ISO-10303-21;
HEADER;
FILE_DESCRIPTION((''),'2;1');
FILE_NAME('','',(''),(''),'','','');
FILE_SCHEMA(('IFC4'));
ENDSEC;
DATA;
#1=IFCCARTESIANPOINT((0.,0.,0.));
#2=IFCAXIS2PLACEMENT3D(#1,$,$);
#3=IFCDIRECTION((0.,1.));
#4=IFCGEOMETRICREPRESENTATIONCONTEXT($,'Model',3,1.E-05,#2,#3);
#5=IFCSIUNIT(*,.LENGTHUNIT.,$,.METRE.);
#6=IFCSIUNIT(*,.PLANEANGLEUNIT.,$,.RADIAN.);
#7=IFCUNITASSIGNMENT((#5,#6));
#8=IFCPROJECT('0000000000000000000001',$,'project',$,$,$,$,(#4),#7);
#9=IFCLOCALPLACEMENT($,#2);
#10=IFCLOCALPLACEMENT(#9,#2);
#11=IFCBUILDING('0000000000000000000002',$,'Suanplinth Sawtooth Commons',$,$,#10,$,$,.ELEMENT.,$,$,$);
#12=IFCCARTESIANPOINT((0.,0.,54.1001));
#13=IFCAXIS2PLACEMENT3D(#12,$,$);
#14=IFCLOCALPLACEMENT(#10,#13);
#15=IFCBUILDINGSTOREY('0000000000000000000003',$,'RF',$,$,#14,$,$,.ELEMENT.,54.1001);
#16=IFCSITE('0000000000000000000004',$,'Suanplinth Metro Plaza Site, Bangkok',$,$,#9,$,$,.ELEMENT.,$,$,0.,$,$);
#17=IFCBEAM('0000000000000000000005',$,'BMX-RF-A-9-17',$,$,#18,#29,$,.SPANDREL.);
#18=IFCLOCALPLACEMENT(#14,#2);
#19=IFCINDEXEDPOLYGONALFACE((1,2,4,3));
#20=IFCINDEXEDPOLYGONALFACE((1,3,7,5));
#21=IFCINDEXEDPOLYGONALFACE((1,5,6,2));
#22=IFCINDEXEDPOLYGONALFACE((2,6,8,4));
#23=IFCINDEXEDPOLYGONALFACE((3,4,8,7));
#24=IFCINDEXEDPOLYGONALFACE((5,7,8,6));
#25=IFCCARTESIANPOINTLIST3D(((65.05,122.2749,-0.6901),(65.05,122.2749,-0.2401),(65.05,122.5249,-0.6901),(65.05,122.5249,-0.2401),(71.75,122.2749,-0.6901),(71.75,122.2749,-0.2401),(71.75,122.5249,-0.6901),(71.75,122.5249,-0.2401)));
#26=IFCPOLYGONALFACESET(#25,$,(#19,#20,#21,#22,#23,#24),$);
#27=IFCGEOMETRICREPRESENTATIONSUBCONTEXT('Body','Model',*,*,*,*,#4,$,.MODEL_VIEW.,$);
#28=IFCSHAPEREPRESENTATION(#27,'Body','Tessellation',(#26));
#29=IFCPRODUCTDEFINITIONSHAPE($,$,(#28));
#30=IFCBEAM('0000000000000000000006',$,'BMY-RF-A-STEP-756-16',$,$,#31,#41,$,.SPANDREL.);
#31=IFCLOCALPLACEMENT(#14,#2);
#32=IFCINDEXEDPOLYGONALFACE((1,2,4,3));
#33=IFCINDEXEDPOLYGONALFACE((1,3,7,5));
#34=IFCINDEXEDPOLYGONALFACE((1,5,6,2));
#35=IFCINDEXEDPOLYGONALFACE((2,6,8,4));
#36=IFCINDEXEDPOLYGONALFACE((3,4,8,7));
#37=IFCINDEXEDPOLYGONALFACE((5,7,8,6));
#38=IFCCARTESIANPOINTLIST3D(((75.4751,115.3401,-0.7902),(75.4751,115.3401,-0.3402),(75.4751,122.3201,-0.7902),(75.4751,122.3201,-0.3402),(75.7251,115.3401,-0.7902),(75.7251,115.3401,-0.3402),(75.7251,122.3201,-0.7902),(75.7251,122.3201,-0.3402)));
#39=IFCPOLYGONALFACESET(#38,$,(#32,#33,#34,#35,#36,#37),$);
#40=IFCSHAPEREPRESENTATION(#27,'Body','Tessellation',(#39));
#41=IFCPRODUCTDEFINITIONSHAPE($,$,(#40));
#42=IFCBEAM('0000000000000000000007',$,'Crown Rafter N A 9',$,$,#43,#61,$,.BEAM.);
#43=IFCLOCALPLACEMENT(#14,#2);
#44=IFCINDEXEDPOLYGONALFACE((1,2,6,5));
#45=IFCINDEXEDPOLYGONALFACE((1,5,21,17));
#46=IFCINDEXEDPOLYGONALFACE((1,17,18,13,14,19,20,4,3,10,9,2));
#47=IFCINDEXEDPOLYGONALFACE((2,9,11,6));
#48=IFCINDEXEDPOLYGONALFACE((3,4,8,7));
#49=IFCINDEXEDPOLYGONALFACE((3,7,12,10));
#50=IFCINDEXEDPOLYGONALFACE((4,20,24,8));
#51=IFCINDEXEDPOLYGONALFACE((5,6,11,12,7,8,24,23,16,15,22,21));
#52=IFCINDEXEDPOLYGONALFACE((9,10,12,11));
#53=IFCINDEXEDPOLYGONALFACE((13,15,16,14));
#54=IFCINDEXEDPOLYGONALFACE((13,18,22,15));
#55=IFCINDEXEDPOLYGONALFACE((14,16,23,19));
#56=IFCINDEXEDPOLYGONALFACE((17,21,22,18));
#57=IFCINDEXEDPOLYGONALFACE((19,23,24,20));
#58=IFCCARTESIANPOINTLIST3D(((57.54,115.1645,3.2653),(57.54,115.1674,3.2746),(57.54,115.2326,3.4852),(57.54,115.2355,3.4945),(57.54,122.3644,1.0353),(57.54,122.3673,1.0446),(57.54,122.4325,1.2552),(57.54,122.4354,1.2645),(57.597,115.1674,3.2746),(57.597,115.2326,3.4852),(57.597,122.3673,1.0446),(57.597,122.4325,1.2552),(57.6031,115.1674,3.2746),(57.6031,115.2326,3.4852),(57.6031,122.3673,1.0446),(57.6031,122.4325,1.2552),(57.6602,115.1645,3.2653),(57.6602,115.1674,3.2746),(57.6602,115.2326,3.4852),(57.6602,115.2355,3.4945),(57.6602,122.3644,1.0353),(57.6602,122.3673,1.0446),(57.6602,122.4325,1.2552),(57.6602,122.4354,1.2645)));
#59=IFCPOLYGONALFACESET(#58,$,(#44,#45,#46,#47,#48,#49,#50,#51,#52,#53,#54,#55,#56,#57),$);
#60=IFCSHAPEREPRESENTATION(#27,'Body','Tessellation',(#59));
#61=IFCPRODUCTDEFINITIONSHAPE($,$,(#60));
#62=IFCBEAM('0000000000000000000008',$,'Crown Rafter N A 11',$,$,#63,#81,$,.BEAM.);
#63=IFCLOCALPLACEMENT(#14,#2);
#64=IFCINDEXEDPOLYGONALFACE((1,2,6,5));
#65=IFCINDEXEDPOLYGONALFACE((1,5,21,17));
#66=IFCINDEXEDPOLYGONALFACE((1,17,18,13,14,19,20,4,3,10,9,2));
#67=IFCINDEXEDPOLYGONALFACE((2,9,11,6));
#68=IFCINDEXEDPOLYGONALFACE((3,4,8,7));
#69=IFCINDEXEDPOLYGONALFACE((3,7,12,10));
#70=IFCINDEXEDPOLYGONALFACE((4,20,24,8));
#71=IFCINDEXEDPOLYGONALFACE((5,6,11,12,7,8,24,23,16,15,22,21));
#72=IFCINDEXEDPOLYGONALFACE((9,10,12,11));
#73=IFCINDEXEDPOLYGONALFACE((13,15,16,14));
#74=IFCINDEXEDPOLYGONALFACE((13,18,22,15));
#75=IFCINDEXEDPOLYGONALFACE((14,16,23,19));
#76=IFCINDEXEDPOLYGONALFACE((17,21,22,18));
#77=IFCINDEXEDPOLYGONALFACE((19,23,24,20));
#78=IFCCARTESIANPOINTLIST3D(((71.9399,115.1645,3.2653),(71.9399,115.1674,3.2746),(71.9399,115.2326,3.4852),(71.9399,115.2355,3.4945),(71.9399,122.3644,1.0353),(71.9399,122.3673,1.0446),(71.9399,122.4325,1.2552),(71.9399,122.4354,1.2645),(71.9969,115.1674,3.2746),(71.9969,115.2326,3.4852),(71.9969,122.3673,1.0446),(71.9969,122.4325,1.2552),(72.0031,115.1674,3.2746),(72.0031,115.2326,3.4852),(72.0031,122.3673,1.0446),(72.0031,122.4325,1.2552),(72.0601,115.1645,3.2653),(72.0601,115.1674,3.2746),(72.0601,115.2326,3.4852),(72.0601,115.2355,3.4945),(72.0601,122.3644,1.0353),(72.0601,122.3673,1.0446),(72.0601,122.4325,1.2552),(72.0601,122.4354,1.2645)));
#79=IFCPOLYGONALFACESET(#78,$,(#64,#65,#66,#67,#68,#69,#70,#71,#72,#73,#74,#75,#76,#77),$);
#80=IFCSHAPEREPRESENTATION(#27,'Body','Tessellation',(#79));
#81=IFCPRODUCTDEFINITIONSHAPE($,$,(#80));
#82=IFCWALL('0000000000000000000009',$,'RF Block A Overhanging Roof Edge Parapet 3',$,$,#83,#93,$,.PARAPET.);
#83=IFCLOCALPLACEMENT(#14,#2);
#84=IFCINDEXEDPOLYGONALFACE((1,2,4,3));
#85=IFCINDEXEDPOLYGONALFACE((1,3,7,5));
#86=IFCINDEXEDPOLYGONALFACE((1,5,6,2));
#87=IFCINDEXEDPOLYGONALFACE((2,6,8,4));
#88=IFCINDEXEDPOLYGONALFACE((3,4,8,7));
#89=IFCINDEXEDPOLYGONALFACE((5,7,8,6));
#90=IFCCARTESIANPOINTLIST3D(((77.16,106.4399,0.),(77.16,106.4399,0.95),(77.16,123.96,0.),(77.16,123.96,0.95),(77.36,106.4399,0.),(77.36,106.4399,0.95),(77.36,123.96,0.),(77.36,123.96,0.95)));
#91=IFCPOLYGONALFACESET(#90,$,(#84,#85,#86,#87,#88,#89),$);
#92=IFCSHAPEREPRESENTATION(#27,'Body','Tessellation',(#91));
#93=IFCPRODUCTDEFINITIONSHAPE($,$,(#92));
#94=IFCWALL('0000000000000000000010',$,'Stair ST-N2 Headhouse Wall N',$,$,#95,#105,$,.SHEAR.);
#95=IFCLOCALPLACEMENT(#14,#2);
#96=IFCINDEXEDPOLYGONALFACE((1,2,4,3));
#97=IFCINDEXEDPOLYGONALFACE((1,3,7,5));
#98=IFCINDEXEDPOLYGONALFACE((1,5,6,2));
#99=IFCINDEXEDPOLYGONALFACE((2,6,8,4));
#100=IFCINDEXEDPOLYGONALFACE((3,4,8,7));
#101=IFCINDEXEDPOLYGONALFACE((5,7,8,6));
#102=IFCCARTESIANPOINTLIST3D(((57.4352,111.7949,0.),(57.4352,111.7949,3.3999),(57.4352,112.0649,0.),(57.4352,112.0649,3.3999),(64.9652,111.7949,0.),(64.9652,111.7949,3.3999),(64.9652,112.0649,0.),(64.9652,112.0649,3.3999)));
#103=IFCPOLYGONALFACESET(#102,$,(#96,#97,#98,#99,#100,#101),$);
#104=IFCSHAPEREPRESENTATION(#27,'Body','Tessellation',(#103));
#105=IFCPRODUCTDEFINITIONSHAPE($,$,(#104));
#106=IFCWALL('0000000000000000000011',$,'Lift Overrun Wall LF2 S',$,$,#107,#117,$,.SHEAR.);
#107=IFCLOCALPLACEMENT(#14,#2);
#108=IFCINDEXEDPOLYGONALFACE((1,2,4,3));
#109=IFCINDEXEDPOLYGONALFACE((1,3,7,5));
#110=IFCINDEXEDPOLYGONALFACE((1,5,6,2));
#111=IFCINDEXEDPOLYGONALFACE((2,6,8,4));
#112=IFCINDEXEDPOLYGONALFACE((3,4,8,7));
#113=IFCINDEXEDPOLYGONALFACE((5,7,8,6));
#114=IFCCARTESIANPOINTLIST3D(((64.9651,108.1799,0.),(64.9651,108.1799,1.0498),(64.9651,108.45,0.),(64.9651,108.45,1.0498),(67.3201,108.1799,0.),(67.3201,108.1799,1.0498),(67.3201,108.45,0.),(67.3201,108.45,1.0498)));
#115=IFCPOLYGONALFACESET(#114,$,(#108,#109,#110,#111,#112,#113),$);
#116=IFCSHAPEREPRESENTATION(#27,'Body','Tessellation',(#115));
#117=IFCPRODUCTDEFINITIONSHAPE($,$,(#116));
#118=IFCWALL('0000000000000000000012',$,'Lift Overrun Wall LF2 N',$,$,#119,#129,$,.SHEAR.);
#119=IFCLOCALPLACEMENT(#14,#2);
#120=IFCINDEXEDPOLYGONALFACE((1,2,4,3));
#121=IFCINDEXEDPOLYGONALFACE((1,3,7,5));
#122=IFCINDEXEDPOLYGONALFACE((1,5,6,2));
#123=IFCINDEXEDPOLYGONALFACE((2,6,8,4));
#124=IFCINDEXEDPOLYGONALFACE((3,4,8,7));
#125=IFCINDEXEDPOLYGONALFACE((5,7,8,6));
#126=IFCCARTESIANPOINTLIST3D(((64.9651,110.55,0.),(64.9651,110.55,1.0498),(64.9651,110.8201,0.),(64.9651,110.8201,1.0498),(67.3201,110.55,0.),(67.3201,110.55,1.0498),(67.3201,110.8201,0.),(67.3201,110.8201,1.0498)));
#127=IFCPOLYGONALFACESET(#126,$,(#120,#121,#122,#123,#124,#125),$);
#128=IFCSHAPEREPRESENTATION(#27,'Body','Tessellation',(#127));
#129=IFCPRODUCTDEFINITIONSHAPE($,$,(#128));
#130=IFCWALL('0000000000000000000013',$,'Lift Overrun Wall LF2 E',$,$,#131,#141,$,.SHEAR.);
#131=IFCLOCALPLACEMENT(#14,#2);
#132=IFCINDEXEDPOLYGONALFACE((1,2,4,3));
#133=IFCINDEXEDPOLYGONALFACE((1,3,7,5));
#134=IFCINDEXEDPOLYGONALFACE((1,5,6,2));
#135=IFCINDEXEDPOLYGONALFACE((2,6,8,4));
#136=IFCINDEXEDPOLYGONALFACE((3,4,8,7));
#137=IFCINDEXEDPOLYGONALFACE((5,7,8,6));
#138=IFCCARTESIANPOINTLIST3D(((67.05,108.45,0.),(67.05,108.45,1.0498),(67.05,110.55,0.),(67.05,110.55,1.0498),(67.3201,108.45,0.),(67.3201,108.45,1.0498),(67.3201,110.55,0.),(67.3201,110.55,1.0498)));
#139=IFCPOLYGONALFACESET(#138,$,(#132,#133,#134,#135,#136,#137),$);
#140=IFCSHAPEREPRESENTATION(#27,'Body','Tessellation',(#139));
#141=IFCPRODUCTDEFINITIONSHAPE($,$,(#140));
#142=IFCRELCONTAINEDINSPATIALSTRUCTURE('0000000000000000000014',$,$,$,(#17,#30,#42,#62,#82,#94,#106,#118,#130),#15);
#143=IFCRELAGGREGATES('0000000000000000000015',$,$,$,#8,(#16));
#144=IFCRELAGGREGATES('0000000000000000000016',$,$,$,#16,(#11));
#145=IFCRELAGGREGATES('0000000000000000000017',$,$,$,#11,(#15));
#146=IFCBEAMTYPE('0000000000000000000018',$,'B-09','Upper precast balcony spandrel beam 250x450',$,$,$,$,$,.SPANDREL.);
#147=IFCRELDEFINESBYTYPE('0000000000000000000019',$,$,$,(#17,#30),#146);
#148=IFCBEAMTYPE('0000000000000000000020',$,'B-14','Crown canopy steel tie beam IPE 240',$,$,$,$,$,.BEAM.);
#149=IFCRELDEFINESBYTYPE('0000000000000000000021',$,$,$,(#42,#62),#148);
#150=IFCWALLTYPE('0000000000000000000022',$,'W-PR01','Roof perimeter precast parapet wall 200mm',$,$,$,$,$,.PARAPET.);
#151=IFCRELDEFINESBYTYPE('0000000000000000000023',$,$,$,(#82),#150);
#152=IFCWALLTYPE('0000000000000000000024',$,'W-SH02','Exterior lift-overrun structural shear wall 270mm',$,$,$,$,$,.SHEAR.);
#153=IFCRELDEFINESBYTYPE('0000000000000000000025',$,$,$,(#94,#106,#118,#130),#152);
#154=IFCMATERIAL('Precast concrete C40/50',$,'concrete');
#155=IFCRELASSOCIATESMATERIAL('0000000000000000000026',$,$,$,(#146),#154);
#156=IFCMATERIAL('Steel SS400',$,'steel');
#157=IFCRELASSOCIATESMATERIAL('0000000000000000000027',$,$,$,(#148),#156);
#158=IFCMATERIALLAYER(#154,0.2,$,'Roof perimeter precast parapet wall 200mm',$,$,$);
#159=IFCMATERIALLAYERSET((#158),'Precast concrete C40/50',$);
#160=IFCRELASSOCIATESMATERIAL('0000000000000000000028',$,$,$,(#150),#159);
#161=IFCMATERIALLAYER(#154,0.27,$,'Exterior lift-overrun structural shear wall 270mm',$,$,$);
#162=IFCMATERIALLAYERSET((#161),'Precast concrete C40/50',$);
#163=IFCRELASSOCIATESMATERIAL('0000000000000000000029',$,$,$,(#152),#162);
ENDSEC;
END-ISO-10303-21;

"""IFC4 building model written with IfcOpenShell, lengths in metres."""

from ifc_helpers import new_model, si_unit, direction, frame, frame_2d, origin, origin_2d, place, context, subcontext, project, spatial, rectangle, i_section, extrude, material, layer, layer_set, material_profile, profile_set, type_object, element, save


model = new_model("IFC4")

# Units and contexts
model_context = context("Model", 3, precision=1e-05, world=origin(), true_north=direction((0.0, 1.0)))
body_context = subcontext(model_context, "Body", "Model", "MODEL_VIEW")
ifc_project = project(units=[si_unit("LENGTHUNIT", "METRE"), si_unit("PLANEANGLEUNIT", "RADIAN")], contexts=[model_context])

# Site, building, storey
site_placement = place(None, origin())
site = spatial("IfcSite", under=ifc_project, at=site_placement, Name="Suanplinth Metro Plaza Site, Bangkok", CompositionType="ELEMENT", RefElevation=0.0)
building_placement = place(site_placement, origin())
building = spatial("IfcBuilding", under=site, at=building_placement, Name="Suanplinth Sawtooth Commons", CompositionType="ELEMENT")
storey_placement = place(building_placement, frame((0.0, 0.0, 54.1001)))
storey = spatial("IfcBuildingStorey", under=building, at=storey_placement, Name="RF", CompositionType="ELEMENT", Elevation=54.1001)

# Beams
ifc_material_1 = material(Name="Precast concrete C40/50", Category="concrete")
ifc_material_profile_1 = material_profile(ifc_material_1, rectangle(XDim=0.25, YDim=0.45, at=origin_2d()), Name="PC-SP 250x450")
ifc_profile_set_1 = profile_set([ifc_material_profile_1], Name="Precast concrete C40/50")
beam_type_1 = type_object("IfcBeamType", Name="B-09", Description="Upper precast balcony spandrel beam 250x450", PredefinedType="SPANDREL", material=ifc_profile_set_1)
for number, where, z_axis, x_axis, name in (
    (1, (65.05, 122.3999, -0.4651), (1.0, 0.0, 0.0), (0.0, 1.0, 0.0), "BMX-RF-A-9-17"),
):
    element("IfcBeam", number, at=place(storey_placement, frame(where, z_axis=z_axis, x_axis=x_axis)), inside=storey, type_object=beam_type_1, Name=name, PredefinedType="SPANDREL", context=body_context, shape_type="SweptSolid", body=[
        extrude(rectangle(XDim=0.25, YDim=0.45, at=origin_2d()), origin(), (0.0, 0.0, 1.0), 6.7),
    ])
beam_placement = place(storey_placement, frame((75.6001, 115.3401, -0.5652), z_axis=(0.0, 1.0, 0.0), x_axis=(-1.0, 0.0, 0.0)))
element("IfcBeam", 2, at=beam_placement, inside=storey, type_object=beam_type_1, Name="BMY-RF-A-STEP-756-16", PredefinedType="SPANDREL", context=body_context, shape_type="SweptSolid", body=[
    extrude(rectangle(XDim=0.25, YDim=0.45, at=origin_2d()), origin(), (0.0, 0.0, 1.0), 6.98),
])
ifc_material_2 = material(Name="Steel SS400", Category="steel")
ifc_material_profile_2 = material_profile(ifc_material_2, i_section(OverallWidth=0.1201, OverallDepth=0.24, WebThickness=0.0061, FlangeThickness=0.0098, at=origin_2d()), Name="IPE 240")
ifc_profile_set_2 = profile_set([ifc_material_profile_2], Name="Steel SS400")
beam_type_2 = type_object("IfcBeamType", Name="B-14", Description="Crown canopy steel tie beam IPE 240", PredefinedType="BEAM", material=ifc_profile_set_2)
for number, where, z_axis, x_axis, name in (
    (3, (57.6001, 122.3999, 1.1499), (0.0, -0.955233, 0.295856), (1.0, 0.0, 0.0), "Crown Rafter N A 9"),
    (4, (72.0, 122.3999, 1.1499), (0.0, -0.955233, 0.295856), (1.0, 0.0, 0.0), "Crown Rafter N A 11"),
):
    element("IfcBeam", number, at=place(storey_placement, frame(where, z_axis=z_axis, x_axis=x_axis)), inside=storey, type_object=beam_type_2, Name=name, PredefinedType="BEAM", context=body_context, shape_type="SweptSolid", body=[
        extrude(i_section(OverallWidth=0.1201, OverallDepth=0.24, WebThickness=0.0061, FlangeThickness=0.0098, at=origin_2d()), origin(), (0.0, 0.0, 1.0), 7.5374),
    ])

# Walls
ifc_layer_1 = layer(ifc_material_1, 0.2, Name="Roof perimeter precast parapet wall 200mm")
ifc_layer_set_1 = layer_set([ifc_layer_1], Name="Precast concrete C40/50")
wall_type_1 = type_object("IfcWallType", Name="W-PR01", Description="Roof perimeter precast parapet wall 200mm", PredefinedType="PARAPET", material=ifc_layer_set_1)
wall_1_placement = place(storey_placement, frame((77.26, 123.96, 0.0), z_axis=(0.0, 0.0, 1.0), x_axis=(0.0, -1.0, 0.0)))
element("IfcWall", 5, at=wall_1_placement, inside=storey, type_object=wall_type_1, Name="RF Block A Overhanging Roof Edge Parapet 3", PredefinedType="PARAPET", context=body_context, shape_type="SweptSolid", body=[
    extrude(rectangle(XDim=17.52, YDim=0.2, at=frame_2d((8.76, 0.0))), origin(), (0.0, 0.0, 1.0), 0.95),
])
ifc_layer_2 = layer(ifc_material_1, 0.27, Name="Exterior lift-overrun structural shear wall 270mm")
ifc_layer_set_2 = layer_set([ifc_layer_2], Name="Precast concrete C40/50")
wall_type_2 = type_object("IfcWallType", Name="W-SH02", Description="Exterior lift-overrun structural shear wall 270mm", PredefinedType="SHEAR", material=ifc_layer_set_2)
wall_2_placement = place(storey_placement, frame((57.4351, 111.9299, 0.0), z_axis=(0.0, 0.0, 1.0), x_axis=(1.0, 0.0, 0.0)))
element("IfcWall", 6, at=wall_2_placement, inside=storey, type_object=wall_type_2, Name="Stair ST-N2 Headhouse Wall N", PredefinedType="SHEAR", context=body_context, shape_type="SweptSolid", body=[
    extrude(rectangle(XDim=7.53, YDim=0.27, at=frame_2d((3.7651, 0.0))), origin(), (0.0, 0.0, 1.0), 3.3999),
])
for number, where, z_axis, x_axis, name in (
    (7, (64.9651, 108.3149, 0.0), (0.0, 0.0, 1.0), (1.0, 0.0, 0.0), "Lift Overrun Wall LF2 S"),
    (8, (64.9651, 110.6851, 0.0), (0.0, 0.0, 1.0), (1.0, 0.0, 0.0), "Lift Overrun Wall LF2 N"),
):
    element("IfcWall", number, at=place(storey_placement, frame(where, z_axis=z_axis, x_axis=x_axis)), inside=storey, type_object=wall_type_2, Name=name, PredefinedType="SHEAR", context=body_context, shape_type="SweptSolid", body=[
        extrude(rectangle(XDim=2.355, YDim=0.27, at=frame_2d((1.1775, 0.0))), origin(), (0.0, 0.0, 1.0), 1.0498),
    ])
wall_3_placement = place(storey_placement, frame((67.1851, 108.45, 0.0), z_axis=(0.0, 0.0, 1.0), x_axis=(0.0, 1.0, 0.0)))
element("IfcWall", 9, at=wall_3_placement, inside=storey, type_object=wall_type_2, Name="Lift Overrun Wall LF2 E", PredefinedType="SHEAR", context=body_context, shape_type="SweptSolid", body=[
    extrude(rectangle(XDim=2.1001, YDim=0.27, at=frame_2d((1.05, 0.0))), origin(), (0.0, 0.0, 1.0), 1.0498),
])

save(model, "model.ifc")
